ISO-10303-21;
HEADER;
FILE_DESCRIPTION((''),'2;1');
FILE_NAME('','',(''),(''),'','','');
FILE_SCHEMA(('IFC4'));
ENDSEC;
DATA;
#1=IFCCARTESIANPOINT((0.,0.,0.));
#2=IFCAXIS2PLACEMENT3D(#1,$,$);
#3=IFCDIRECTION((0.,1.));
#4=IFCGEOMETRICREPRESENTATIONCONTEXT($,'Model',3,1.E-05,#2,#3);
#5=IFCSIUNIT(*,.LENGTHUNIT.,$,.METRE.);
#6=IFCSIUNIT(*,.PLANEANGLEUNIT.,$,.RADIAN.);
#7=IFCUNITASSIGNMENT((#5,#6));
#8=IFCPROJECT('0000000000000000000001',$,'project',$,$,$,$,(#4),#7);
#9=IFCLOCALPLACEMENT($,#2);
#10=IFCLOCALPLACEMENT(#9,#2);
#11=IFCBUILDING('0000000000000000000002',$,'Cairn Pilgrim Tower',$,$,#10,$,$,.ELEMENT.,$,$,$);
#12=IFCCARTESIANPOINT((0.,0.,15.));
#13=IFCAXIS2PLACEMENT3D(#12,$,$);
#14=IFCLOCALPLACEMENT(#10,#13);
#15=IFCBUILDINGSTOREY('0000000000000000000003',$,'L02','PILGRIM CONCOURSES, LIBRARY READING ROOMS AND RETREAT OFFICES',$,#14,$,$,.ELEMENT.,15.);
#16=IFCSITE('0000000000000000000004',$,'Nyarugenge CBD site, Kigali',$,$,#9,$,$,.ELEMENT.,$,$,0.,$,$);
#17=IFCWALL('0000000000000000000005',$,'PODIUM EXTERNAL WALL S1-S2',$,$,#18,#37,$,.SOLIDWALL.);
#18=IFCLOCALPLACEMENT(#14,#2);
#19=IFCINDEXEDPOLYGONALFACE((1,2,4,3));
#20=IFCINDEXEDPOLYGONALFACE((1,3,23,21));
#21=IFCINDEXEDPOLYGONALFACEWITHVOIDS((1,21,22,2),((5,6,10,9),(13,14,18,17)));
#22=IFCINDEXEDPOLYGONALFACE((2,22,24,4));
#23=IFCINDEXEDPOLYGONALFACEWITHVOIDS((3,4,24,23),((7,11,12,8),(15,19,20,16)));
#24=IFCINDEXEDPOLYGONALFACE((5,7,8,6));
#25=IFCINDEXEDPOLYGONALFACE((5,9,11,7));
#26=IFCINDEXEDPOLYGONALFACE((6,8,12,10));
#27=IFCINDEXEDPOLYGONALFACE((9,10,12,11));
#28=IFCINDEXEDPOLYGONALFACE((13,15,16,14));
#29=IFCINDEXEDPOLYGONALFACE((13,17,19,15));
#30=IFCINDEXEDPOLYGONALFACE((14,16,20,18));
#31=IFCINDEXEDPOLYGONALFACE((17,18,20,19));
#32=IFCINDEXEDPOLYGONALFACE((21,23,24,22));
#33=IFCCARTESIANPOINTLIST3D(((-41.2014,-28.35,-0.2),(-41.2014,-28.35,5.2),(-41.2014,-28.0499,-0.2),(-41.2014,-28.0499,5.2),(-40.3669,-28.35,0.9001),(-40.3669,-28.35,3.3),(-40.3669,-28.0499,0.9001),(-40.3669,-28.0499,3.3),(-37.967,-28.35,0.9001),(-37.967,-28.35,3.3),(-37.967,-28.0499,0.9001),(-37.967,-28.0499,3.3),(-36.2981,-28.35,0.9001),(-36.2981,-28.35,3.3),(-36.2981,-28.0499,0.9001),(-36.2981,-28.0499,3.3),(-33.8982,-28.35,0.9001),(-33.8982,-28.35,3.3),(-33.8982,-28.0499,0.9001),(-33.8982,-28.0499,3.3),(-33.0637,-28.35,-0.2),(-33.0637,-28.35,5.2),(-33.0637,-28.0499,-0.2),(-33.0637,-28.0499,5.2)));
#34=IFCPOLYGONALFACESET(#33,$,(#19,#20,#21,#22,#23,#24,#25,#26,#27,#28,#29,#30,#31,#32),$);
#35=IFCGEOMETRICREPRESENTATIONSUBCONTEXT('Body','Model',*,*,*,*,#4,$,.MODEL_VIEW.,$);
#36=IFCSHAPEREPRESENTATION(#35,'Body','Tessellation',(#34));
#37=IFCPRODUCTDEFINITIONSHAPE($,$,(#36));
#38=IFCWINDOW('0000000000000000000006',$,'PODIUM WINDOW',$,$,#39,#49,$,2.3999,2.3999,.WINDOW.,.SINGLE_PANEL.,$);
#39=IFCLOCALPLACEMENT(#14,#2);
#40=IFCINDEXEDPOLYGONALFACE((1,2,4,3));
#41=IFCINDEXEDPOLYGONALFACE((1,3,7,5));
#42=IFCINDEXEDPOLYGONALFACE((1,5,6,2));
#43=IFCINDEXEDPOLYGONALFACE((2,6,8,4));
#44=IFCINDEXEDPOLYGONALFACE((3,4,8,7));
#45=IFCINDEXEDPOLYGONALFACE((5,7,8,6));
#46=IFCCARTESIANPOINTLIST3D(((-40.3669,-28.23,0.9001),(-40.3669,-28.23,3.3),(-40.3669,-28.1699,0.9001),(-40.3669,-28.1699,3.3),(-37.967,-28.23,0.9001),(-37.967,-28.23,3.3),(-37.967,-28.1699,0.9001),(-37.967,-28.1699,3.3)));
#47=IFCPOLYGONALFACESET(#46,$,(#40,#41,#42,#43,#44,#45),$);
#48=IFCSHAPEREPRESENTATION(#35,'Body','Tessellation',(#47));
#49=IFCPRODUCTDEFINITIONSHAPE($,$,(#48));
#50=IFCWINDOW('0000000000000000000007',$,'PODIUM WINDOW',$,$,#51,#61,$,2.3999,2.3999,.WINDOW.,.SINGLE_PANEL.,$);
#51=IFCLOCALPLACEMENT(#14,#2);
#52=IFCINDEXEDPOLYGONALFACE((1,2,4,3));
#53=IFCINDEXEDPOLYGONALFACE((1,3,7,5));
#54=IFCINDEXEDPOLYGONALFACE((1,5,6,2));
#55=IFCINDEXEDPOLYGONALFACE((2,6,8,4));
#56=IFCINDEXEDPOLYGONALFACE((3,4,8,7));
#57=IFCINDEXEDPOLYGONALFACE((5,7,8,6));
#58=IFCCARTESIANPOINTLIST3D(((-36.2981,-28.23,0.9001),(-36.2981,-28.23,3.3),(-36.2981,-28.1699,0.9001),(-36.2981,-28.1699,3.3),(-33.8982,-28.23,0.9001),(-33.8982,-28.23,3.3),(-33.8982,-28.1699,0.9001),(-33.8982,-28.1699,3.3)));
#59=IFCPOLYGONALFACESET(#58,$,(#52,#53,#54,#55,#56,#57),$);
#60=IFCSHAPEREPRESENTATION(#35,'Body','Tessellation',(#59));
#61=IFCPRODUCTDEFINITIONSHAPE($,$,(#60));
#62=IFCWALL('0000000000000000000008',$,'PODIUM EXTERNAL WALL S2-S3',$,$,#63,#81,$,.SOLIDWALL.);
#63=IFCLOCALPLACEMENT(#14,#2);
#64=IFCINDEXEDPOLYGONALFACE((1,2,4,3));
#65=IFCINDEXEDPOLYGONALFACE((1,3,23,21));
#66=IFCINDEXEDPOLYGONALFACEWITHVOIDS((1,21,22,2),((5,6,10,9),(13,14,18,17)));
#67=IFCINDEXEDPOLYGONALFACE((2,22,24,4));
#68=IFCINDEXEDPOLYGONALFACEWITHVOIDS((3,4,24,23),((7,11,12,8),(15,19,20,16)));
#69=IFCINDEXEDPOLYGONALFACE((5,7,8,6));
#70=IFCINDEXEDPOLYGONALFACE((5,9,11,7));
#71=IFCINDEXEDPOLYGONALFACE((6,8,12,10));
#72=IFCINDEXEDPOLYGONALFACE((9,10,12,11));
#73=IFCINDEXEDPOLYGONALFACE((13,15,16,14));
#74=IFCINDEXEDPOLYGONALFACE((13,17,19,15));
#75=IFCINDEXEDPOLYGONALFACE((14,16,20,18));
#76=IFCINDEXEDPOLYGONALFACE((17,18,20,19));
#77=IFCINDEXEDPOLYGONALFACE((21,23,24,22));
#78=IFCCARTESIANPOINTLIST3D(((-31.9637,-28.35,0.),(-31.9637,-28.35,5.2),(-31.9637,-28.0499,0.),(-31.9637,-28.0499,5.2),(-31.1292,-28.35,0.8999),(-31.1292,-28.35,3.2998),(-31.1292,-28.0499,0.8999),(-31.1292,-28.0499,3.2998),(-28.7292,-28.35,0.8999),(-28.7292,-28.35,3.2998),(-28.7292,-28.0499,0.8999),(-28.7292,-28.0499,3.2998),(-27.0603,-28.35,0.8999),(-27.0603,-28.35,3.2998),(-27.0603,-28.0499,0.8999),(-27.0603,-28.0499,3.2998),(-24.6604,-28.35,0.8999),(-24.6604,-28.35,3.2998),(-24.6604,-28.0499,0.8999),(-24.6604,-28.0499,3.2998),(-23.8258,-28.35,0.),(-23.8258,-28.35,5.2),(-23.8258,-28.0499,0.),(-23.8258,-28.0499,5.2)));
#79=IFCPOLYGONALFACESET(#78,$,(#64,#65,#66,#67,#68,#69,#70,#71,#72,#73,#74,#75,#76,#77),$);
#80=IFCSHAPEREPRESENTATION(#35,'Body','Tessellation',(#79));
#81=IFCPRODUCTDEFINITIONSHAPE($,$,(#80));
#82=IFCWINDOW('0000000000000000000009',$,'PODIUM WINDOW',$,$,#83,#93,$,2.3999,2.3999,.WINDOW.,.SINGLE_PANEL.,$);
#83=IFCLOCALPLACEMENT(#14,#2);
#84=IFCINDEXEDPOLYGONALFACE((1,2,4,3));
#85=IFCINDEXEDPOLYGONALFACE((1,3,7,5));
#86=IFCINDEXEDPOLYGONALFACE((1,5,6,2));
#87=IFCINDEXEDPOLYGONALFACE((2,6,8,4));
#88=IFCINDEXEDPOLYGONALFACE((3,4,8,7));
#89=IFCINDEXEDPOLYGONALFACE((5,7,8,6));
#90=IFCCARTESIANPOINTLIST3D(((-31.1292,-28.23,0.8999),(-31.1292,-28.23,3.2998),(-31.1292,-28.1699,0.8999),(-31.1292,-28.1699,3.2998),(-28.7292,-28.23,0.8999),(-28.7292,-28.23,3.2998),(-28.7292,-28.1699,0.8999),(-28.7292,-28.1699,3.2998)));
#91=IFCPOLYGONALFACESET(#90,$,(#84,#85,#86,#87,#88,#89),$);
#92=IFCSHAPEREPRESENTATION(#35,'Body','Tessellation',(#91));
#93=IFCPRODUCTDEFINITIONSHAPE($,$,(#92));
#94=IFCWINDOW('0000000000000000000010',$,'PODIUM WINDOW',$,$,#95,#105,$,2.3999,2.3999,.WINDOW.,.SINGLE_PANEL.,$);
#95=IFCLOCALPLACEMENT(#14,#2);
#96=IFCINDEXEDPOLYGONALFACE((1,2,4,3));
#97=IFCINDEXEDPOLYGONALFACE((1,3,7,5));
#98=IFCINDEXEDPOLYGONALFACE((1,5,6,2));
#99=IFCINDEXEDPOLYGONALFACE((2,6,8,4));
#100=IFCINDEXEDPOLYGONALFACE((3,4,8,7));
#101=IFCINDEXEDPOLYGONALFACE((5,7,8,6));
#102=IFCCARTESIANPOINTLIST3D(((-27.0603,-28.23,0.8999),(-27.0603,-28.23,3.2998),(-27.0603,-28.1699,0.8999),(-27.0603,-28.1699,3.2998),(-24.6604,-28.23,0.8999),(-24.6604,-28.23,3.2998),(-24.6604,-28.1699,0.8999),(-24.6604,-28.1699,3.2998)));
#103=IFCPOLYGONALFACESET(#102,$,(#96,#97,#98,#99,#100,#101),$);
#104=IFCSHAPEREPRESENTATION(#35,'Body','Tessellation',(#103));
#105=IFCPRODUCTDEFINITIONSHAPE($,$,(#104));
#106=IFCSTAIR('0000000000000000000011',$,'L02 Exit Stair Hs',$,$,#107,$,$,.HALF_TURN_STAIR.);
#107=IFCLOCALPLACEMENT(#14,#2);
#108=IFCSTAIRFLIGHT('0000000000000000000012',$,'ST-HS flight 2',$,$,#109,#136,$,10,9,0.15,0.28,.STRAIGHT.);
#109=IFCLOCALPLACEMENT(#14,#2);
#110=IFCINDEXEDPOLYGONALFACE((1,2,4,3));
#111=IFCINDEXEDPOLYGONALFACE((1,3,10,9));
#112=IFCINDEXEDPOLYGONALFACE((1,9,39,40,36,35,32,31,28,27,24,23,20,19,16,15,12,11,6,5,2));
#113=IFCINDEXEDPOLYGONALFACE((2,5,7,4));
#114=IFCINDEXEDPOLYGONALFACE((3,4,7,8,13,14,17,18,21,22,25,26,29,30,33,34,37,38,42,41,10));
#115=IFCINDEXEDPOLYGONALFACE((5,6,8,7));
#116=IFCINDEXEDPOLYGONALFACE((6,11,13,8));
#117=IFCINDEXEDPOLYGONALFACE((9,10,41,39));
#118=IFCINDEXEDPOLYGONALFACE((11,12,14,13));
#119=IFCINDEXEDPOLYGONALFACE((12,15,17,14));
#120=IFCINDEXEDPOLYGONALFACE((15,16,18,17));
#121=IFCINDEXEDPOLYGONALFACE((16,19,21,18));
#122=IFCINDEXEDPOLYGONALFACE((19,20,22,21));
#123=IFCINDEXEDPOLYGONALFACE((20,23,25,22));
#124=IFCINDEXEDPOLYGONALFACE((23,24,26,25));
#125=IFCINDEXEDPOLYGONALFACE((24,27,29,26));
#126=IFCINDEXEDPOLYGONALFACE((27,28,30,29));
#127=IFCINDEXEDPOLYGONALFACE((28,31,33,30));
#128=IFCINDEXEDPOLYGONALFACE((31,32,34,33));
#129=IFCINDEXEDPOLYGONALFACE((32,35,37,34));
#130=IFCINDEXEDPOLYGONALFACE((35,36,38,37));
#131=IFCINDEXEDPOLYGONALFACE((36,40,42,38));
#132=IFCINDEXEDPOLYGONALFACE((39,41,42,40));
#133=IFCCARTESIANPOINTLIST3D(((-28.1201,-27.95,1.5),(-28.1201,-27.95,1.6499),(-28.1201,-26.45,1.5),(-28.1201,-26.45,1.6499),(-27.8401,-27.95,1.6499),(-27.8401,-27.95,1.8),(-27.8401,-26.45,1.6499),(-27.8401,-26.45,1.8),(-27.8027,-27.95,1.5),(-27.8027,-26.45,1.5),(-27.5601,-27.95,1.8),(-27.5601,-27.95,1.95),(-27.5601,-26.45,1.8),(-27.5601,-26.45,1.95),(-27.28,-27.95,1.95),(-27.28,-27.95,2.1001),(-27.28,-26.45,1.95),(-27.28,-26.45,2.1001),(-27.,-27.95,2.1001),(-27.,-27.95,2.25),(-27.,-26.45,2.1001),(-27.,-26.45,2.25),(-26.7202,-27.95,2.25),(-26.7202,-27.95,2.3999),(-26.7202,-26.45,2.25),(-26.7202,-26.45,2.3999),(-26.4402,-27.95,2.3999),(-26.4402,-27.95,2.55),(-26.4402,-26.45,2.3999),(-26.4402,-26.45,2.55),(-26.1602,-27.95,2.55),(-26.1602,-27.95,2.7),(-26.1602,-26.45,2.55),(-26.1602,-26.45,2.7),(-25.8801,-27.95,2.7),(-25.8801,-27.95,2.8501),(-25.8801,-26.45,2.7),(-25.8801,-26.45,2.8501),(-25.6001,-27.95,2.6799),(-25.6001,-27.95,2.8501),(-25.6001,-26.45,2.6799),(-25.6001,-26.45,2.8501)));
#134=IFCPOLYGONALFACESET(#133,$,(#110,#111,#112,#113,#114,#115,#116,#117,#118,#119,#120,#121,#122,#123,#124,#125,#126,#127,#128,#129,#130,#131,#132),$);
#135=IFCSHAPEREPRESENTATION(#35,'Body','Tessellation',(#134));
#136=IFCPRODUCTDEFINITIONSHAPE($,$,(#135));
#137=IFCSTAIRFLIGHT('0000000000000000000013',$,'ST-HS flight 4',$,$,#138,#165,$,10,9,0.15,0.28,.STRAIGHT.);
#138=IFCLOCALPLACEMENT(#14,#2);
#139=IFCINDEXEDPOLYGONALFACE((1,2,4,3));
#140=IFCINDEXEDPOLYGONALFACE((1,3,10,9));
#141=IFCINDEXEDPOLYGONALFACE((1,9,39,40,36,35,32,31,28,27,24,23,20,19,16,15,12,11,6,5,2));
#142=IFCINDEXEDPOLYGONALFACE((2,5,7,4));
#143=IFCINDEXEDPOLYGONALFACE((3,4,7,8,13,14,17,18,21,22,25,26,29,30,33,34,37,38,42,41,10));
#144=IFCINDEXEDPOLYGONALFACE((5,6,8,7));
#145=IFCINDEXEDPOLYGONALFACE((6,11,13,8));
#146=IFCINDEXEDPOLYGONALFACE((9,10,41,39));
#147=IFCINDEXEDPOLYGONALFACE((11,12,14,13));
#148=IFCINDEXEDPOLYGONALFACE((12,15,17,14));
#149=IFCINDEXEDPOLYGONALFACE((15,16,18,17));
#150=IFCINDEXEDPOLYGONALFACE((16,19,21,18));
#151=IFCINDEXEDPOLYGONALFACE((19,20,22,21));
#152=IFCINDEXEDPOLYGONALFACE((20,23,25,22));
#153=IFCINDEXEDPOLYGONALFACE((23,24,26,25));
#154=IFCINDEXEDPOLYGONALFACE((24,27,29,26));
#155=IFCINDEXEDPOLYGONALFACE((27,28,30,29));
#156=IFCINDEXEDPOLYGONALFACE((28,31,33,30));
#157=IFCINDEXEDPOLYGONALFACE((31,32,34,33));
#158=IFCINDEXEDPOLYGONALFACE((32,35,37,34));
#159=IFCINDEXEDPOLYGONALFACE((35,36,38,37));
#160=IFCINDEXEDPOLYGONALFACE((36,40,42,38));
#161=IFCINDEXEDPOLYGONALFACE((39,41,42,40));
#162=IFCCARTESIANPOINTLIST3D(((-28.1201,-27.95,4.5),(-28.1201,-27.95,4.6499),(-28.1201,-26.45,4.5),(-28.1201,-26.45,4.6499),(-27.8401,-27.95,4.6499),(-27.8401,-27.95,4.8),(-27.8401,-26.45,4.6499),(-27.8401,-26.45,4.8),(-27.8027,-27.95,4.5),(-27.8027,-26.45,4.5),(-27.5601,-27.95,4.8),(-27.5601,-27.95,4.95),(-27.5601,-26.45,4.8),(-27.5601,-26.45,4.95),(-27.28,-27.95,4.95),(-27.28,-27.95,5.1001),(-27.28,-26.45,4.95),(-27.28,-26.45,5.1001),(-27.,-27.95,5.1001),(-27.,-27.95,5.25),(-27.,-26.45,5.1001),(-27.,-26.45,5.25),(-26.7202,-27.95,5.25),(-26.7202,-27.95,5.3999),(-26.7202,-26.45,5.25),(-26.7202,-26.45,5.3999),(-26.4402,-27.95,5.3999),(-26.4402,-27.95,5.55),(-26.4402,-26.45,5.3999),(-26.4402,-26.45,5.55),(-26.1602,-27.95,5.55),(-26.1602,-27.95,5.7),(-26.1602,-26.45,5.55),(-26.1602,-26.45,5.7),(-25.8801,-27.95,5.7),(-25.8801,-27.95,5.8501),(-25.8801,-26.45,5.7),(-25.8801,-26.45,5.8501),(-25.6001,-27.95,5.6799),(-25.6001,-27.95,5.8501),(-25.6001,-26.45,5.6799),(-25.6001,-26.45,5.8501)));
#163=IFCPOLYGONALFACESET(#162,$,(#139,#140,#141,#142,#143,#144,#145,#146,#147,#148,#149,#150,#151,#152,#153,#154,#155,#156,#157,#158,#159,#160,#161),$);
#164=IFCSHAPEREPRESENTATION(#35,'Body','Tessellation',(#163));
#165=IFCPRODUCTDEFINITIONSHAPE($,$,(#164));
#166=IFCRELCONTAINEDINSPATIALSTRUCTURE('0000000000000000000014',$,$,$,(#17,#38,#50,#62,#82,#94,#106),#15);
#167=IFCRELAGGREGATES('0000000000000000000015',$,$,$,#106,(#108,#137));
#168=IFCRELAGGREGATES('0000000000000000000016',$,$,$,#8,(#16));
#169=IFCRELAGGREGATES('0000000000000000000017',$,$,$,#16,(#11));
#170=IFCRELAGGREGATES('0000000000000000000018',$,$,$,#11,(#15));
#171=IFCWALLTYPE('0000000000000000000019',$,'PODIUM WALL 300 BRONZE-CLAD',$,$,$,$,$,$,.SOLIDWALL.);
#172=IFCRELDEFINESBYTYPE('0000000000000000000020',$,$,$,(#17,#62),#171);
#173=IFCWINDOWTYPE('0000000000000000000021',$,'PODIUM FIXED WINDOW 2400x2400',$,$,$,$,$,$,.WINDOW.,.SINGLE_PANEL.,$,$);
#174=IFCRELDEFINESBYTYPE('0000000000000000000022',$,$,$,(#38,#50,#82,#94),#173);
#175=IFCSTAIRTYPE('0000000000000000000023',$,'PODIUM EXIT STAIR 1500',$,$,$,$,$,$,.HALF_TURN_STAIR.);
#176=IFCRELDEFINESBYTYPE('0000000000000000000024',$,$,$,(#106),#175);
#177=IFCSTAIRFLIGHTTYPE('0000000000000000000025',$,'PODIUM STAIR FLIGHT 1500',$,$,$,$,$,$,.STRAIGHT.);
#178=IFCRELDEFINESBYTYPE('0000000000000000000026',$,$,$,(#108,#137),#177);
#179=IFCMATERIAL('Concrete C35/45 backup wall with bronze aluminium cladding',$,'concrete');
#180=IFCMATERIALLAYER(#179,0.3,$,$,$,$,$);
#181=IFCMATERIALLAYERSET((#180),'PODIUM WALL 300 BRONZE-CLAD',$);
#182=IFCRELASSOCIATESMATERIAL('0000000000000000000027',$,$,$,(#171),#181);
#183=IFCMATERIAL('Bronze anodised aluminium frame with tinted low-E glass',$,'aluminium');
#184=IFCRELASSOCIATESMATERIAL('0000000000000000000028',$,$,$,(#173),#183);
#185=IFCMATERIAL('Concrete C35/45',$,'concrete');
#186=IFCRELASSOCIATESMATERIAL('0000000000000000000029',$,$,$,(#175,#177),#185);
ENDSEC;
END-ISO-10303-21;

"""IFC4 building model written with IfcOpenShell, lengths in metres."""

from ifc_helpers import new_model, si_unit, direction, frame, frame_2d, origin, place, context, subcontext, project, spatial, polyline, rectangle, outline, extrude, material, layer, layer_set, type_object, element, fill, aggregate, save


model = new_model("IFC4")

# Units and contexts
model_context = context("Model", 3, precision=1e-05, world=origin(), true_north=direction((0.0, 1.0)))
body_context = subcontext(model_context, "Body", "Model", "MODEL_VIEW")
ifc_project = project(units=[si_unit("LENGTHUNIT", "METRE"), si_unit("PLANEANGLEUNIT", "RADIAN")], contexts=[model_context])

# Site, building, storey
site_placement = place(None, origin())
site = spatial("IfcSite", under=ifc_project, at=site_placement, Name="Nyarugenge CBD site, Kigali", CompositionType="ELEMENT", RefElevation=0.0)
building_placement = place(site_placement, origin())
building = spatial("IfcBuilding", under=site, at=building_placement, Name="Cairn Pilgrim Tower", CompositionType="ELEMENT")
storey_placement = place(building_placement, frame((0.0, 0.0, 15.0)))
storey = spatial("IfcBuildingStorey", under=building, at=storey_placement, Name="L02", Description="PILGRIM CONCOURSES, LIBRARY READING ROOMS AND RETREAT OFFICES", CompositionType="ELEMENT", Elevation=15.0)

# Shared definitions
ifc_material_1 = material(Name="Concrete C35/45", Category="concrete")

# Walls, openings, windows
ifc_material_2 = material(Name="Concrete C35/45 backup wall with bronze aluminium cladding", Category="concrete")
ifc_layer_1 = layer(ifc_material_2, 0.3)
ifc_layer_set_1 = layer_set([ifc_layer_1], Name="PODIUM WALL 300 BRONZE-CLAD")
wall_type_1 = type_object("IfcWallType", Name="PODIUM WALL 300 BRONZE-CLAD", PredefinedType="SOLIDWALL", material=ifc_layer_set_1)
wall_1_placement = place(storey_placement, frame((-41.2014, -28.2, -0.2), z_axis=(0.0, 0.0, 1.0), x_axis=(1.0, 0.0, 0.0)))
wall_1 = element("IfcWall", 1, at=wall_1_placement, inside=storey, type_object=wall_type_1, Name="PODIUM EXTERNAL WALL S1-S2", PredefinedType="SOLIDWALL", context=body_context, shape_type="SweptSolid", body=[
    extrude(rectangle(XDim=8.1377, YDim=0.3, at=frame_2d((4.0688, 0.0))), origin(), (0.0, 0.0, 1.0), 5.3999),
])
opening_1_placement = place(wall_1_placement, frame((0.8345, 0.0, 1.1001)))
opening_1 = element("IfcOpeningElement", 2, at=opening_1_placement, cuts=wall_1, PredefinedType="OPENING", context=body_context, shape_type="SweptSolid", body=[
    extrude(rectangle(XDim=2.3999, YDim=2.3999, at=frame_2d((1.2, 1.2))), frame((0.0, 0.1602, 0.0), z_axis=(0.0, -1.0, 0.0), x_axis=(1.0, 0.0, 0.0)), (0.0, 0.0, 1.0), 0.3201),
])
opening_2_placement = place(wall_1_placement, frame((4.9033, 0.0, 1.1001)))
opening_2 = element("IfcOpeningElement", 3, at=opening_2_placement, cuts=wall_1, PredefinedType="OPENING", context=body_context, shape_type="SweptSolid", body=[
    extrude(rectangle(XDim=2.3999, YDim=2.3999, at=frame_2d((1.2, 1.2))), frame((0.0, 0.1602, 0.0), z_axis=(0.0, -1.0, 0.0), x_axis=(1.0, 0.0, 0.0)), (0.0, 0.0, 1.0), 0.3201),
])
ifc_material_3 = material(Name="Bronze anodised aluminium frame with tinted low-E glass", Category="aluminium")
window_type = type_object("IfcWindowType", Name="PODIUM FIXED WINDOW 2400x2400", PartitioningType="SINGLE_PANEL", PredefinedType="WINDOW", material=ifc_material_3)
window_1_placement = place(opening_1_placement, origin())
window_1 = element("IfcWindow", 4, at=window_1_placement, inside=storey, type_object=window_type, Name="PODIUM WINDOW", OverallHeight=2.3999, OverallWidth=2.3999, PartitioningType="SINGLE_PANEL", PredefinedType="WINDOW", context=body_context, shape_type="SweptSolid", body=[
    extrude(rectangle(XDim=2.3999, YDim=2.3999, at=frame_2d((1.2, 1.2))), frame((0.0, 0.03, 0.0), z_axis=(0.0, -1.0, 0.0), x_axis=(1.0, 0.0, 0.0)), (0.0, 0.0, 1.0), 0.0601),
])
fill(opening_1, window_1)
window_2_placement = place(opening_2_placement, origin())
window_2 = element("IfcWindow", 5, at=window_2_placement, inside=storey, type_object=window_type, Name="PODIUM WINDOW", OverallHeight=2.3999, OverallWidth=2.3999, PartitioningType="SINGLE_PANEL", PredefinedType="WINDOW", context=body_context, shape_type="SweptSolid", body=[
    extrude(rectangle(XDim=2.3999, YDim=2.3999, at=frame_2d((1.2, 1.2))), frame((0.0, 0.03, 0.0), z_axis=(0.0, -1.0, 0.0), x_axis=(1.0, 0.0, 0.0)), (0.0, 0.0, 1.0), 0.0601),
])
fill(opening_2, window_2)
wall_2_placement = place(storey_placement, frame((-31.9636, -28.2, 0.0), z_axis=(0.0, 0.0, 1.0), x_axis=(1.0, 0.0, 0.0)))
wall_2 = element("IfcWall", 6, at=wall_2_placement, inside=storey, type_object=wall_type_1, Name="PODIUM EXTERNAL WALL S2-S3", PredefinedType="SOLIDWALL", context=body_context, shape_type="SweptSolid", body=[
    extrude(rectangle(XDim=8.1379, YDim=0.3, at=frame_2d((4.0688, 0.0))), origin(), (0.0, 0.0, 1.0), 5.2),
])
opening_3_placement = place(wall_2_placement, frame((0.8345, 0.0, 0.8999)))
opening_3 = element("IfcOpeningElement", 7, at=opening_3_placement, cuts=wall_2, PredefinedType="OPENING", context=body_context, shape_type="SweptSolid", body=[
    extrude(rectangle(XDim=2.3999, YDim=2.3999, at=frame_2d((1.2, 1.2))), frame((0.0, 0.1602, 0.0), z_axis=(0.0, -1.0, 0.0), x_axis=(1.0, 0.0, 0.0)), (0.0, 0.0, 1.0), 0.3201),
])
opening_4_placement = place(wall_2_placement, frame((4.9033, 0.0, 0.8999)))
opening_4 = element("IfcOpeningElement", 8, at=opening_4_placement, cuts=wall_2, PredefinedType="OPENING", context=body_context, shape_type="SweptSolid", body=[
    extrude(rectangle(XDim=2.3999, YDim=2.3999, at=frame_2d((1.2, 1.2))), frame((0.0, 0.1602, 0.0), z_axis=(0.0, -1.0, 0.0), x_axis=(1.0, 0.0, 0.0)), (0.0, 0.0, 1.0), 0.3201),
])
window_3_placement = place(opening_3_placement, origin())
window_3 = element("IfcWindow", 9, at=window_3_placement, inside=storey, type_object=window_type, Name="PODIUM WINDOW", OverallHeight=2.3999, OverallWidth=2.3999, PartitioningType="SINGLE_PANEL", PredefinedType="WINDOW", context=body_context, shape_type="SweptSolid", body=[
    extrude(rectangle(XDim=2.3999, YDim=2.3999, at=frame_2d((1.2, 1.2))), frame((0.0, 0.03, 0.0), z_axis=(0.0, -1.0, 0.0), x_axis=(1.0, 0.0, 0.0)), (0.0, 0.0, 1.0), 0.0601),
])
fill(opening_3, window_3)
window_4_placement = place(opening_4_placement, origin())
window_4 = element("IfcWindow", 10, at=window_4_placement, inside=storey, type_object=window_type, Name="PODIUM WINDOW", OverallHeight=2.3999, OverallWidth=2.3999, PartitioningType="SINGLE_PANEL", PredefinedType="WINDOW", context=body_context, shape_type="SweptSolid", body=[
    extrude(rectangle(XDim=2.3999, YDim=2.3999, at=frame_2d((1.2, 1.2))), frame((0.0, 0.03, 0.0), z_axis=(0.0, -1.0, 0.0), x_axis=(1.0, 0.0, 0.0)), (0.0, 0.0, 1.0), 0.0601),
])
fill(opening_4, window_4)

# Stair, stair flights
stair_type = type_object("IfcStairType", Name="PODIUM EXIT STAIR 1500", PredefinedType="HALF_TURN_STAIR", material=ifc_material_1)
stair_placement = place(storey_placement, origin())
stair = element("IfcStair", 11, at=stair_placement, inside=storey, type_object=stair_type, Name="L02 Exit Stair Hs", PredefinedType="HALF_TURN_STAIR")
stair_flight_type = type_object("IfcStairFlightType", Name="PODIUM STAIR FLIGHT 1500", PredefinedType="STRAIGHT", material=ifc_material_1)
stair_flight_1_placement = place(storey_placement, frame((-28.1201, -27.2, 1.5), z_axis=(0.0, 0.0, 1.0), x_axis=(1.0, 0.0, 0.0)))
stair_flight_1 = element("IfcStairFlight", 12, at=stair_flight_1_placement, type_object=stair_flight_type, Name="ST-HS flight 2", NumberOfRisers=10, NumberOfTreads=9, PredefinedType="STRAIGHT", RiserHeight=0.15, TreadLength=0.28, context=body_context, shape_type="SweptSolid", body=[
    extrude(outline(polyline([(0.0, 0.0), (0.0, 0.1499), (0.28, 0.1499), (0.28, 0.3), (0.5601, 0.3), (0.5601, 0.45), (0.8401, 0.45), (0.8401, 0.6001), (1.1201, 0.6001), (1.1201, 0.75), (1.3999, 0.75), (1.3999, 0.8999), (1.6799, 0.8999), (1.6799, 1.05), (1.96, 1.05), (1.96, 1.2), (2.24, 1.2), (2.24, 1.3501), (2.52, 1.3501), (2.52, 1.5), (2.52, 1.1799), (0.3174, 0.0), (0.0, 0.0)])), frame((0.0, 0.75, 0.0), z_axis=(0.0, -1.0, 0.0), x_axis=(1.0, 0.0, 0.0)), (0.0, 0.0, 1.0), 1.5),
])
stair_flight_2_placement = place(storey_placement, frame((-28.1201, -27.2, 4.5), z_axis=(0.0, 0.0, 1.0), x_axis=(1.0, 0.0, 0.0)))
stair_flight_2 = element("IfcStairFlight", 13, at=stair_flight_2_placement, type_object=stair_flight_type, Name="ST-HS flight 4", NumberOfRisers=10, NumberOfTreads=9, PredefinedType="STRAIGHT", RiserHeight=0.15, TreadLength=0.28, context=body_context, shape_type="SweptSolid", body=[
    extrude(outline(polyline([(0.0, 0.0), (0.0, 0.1499), (0.28, 0.1499), (0.28, 0.3), (0.5601, 0.3), (0.5601, 0.45), (0.8401, 0.45), (0.8401, 0.6001), (1.1201, 0.6001), (1.1201, 0.75), (1.3999, 0.75), (1.3999, 0.8999), (1.6799, 0.8999), (1.6799, 1.05), (1.96, 1.05), (1.96, 1.2), (2.24, 1.2), (2.24, 1.3501), (2.52, 1.3501), (2.52, 1.5), (2.52, 1.1799), (0.3174, 0.0), (0.0, 0.0)])), frame((0.0, 0.75, 0.0), z_axis=(0.0, -1.0, 0.0), x_axis=(1.0, 0.0, 0.0)), (0.0, 0.0, 1.0), 1.5),
])
aggregate(stair, [stair_flight_1, stair_flight_2])

save(model, "model.ifc")
